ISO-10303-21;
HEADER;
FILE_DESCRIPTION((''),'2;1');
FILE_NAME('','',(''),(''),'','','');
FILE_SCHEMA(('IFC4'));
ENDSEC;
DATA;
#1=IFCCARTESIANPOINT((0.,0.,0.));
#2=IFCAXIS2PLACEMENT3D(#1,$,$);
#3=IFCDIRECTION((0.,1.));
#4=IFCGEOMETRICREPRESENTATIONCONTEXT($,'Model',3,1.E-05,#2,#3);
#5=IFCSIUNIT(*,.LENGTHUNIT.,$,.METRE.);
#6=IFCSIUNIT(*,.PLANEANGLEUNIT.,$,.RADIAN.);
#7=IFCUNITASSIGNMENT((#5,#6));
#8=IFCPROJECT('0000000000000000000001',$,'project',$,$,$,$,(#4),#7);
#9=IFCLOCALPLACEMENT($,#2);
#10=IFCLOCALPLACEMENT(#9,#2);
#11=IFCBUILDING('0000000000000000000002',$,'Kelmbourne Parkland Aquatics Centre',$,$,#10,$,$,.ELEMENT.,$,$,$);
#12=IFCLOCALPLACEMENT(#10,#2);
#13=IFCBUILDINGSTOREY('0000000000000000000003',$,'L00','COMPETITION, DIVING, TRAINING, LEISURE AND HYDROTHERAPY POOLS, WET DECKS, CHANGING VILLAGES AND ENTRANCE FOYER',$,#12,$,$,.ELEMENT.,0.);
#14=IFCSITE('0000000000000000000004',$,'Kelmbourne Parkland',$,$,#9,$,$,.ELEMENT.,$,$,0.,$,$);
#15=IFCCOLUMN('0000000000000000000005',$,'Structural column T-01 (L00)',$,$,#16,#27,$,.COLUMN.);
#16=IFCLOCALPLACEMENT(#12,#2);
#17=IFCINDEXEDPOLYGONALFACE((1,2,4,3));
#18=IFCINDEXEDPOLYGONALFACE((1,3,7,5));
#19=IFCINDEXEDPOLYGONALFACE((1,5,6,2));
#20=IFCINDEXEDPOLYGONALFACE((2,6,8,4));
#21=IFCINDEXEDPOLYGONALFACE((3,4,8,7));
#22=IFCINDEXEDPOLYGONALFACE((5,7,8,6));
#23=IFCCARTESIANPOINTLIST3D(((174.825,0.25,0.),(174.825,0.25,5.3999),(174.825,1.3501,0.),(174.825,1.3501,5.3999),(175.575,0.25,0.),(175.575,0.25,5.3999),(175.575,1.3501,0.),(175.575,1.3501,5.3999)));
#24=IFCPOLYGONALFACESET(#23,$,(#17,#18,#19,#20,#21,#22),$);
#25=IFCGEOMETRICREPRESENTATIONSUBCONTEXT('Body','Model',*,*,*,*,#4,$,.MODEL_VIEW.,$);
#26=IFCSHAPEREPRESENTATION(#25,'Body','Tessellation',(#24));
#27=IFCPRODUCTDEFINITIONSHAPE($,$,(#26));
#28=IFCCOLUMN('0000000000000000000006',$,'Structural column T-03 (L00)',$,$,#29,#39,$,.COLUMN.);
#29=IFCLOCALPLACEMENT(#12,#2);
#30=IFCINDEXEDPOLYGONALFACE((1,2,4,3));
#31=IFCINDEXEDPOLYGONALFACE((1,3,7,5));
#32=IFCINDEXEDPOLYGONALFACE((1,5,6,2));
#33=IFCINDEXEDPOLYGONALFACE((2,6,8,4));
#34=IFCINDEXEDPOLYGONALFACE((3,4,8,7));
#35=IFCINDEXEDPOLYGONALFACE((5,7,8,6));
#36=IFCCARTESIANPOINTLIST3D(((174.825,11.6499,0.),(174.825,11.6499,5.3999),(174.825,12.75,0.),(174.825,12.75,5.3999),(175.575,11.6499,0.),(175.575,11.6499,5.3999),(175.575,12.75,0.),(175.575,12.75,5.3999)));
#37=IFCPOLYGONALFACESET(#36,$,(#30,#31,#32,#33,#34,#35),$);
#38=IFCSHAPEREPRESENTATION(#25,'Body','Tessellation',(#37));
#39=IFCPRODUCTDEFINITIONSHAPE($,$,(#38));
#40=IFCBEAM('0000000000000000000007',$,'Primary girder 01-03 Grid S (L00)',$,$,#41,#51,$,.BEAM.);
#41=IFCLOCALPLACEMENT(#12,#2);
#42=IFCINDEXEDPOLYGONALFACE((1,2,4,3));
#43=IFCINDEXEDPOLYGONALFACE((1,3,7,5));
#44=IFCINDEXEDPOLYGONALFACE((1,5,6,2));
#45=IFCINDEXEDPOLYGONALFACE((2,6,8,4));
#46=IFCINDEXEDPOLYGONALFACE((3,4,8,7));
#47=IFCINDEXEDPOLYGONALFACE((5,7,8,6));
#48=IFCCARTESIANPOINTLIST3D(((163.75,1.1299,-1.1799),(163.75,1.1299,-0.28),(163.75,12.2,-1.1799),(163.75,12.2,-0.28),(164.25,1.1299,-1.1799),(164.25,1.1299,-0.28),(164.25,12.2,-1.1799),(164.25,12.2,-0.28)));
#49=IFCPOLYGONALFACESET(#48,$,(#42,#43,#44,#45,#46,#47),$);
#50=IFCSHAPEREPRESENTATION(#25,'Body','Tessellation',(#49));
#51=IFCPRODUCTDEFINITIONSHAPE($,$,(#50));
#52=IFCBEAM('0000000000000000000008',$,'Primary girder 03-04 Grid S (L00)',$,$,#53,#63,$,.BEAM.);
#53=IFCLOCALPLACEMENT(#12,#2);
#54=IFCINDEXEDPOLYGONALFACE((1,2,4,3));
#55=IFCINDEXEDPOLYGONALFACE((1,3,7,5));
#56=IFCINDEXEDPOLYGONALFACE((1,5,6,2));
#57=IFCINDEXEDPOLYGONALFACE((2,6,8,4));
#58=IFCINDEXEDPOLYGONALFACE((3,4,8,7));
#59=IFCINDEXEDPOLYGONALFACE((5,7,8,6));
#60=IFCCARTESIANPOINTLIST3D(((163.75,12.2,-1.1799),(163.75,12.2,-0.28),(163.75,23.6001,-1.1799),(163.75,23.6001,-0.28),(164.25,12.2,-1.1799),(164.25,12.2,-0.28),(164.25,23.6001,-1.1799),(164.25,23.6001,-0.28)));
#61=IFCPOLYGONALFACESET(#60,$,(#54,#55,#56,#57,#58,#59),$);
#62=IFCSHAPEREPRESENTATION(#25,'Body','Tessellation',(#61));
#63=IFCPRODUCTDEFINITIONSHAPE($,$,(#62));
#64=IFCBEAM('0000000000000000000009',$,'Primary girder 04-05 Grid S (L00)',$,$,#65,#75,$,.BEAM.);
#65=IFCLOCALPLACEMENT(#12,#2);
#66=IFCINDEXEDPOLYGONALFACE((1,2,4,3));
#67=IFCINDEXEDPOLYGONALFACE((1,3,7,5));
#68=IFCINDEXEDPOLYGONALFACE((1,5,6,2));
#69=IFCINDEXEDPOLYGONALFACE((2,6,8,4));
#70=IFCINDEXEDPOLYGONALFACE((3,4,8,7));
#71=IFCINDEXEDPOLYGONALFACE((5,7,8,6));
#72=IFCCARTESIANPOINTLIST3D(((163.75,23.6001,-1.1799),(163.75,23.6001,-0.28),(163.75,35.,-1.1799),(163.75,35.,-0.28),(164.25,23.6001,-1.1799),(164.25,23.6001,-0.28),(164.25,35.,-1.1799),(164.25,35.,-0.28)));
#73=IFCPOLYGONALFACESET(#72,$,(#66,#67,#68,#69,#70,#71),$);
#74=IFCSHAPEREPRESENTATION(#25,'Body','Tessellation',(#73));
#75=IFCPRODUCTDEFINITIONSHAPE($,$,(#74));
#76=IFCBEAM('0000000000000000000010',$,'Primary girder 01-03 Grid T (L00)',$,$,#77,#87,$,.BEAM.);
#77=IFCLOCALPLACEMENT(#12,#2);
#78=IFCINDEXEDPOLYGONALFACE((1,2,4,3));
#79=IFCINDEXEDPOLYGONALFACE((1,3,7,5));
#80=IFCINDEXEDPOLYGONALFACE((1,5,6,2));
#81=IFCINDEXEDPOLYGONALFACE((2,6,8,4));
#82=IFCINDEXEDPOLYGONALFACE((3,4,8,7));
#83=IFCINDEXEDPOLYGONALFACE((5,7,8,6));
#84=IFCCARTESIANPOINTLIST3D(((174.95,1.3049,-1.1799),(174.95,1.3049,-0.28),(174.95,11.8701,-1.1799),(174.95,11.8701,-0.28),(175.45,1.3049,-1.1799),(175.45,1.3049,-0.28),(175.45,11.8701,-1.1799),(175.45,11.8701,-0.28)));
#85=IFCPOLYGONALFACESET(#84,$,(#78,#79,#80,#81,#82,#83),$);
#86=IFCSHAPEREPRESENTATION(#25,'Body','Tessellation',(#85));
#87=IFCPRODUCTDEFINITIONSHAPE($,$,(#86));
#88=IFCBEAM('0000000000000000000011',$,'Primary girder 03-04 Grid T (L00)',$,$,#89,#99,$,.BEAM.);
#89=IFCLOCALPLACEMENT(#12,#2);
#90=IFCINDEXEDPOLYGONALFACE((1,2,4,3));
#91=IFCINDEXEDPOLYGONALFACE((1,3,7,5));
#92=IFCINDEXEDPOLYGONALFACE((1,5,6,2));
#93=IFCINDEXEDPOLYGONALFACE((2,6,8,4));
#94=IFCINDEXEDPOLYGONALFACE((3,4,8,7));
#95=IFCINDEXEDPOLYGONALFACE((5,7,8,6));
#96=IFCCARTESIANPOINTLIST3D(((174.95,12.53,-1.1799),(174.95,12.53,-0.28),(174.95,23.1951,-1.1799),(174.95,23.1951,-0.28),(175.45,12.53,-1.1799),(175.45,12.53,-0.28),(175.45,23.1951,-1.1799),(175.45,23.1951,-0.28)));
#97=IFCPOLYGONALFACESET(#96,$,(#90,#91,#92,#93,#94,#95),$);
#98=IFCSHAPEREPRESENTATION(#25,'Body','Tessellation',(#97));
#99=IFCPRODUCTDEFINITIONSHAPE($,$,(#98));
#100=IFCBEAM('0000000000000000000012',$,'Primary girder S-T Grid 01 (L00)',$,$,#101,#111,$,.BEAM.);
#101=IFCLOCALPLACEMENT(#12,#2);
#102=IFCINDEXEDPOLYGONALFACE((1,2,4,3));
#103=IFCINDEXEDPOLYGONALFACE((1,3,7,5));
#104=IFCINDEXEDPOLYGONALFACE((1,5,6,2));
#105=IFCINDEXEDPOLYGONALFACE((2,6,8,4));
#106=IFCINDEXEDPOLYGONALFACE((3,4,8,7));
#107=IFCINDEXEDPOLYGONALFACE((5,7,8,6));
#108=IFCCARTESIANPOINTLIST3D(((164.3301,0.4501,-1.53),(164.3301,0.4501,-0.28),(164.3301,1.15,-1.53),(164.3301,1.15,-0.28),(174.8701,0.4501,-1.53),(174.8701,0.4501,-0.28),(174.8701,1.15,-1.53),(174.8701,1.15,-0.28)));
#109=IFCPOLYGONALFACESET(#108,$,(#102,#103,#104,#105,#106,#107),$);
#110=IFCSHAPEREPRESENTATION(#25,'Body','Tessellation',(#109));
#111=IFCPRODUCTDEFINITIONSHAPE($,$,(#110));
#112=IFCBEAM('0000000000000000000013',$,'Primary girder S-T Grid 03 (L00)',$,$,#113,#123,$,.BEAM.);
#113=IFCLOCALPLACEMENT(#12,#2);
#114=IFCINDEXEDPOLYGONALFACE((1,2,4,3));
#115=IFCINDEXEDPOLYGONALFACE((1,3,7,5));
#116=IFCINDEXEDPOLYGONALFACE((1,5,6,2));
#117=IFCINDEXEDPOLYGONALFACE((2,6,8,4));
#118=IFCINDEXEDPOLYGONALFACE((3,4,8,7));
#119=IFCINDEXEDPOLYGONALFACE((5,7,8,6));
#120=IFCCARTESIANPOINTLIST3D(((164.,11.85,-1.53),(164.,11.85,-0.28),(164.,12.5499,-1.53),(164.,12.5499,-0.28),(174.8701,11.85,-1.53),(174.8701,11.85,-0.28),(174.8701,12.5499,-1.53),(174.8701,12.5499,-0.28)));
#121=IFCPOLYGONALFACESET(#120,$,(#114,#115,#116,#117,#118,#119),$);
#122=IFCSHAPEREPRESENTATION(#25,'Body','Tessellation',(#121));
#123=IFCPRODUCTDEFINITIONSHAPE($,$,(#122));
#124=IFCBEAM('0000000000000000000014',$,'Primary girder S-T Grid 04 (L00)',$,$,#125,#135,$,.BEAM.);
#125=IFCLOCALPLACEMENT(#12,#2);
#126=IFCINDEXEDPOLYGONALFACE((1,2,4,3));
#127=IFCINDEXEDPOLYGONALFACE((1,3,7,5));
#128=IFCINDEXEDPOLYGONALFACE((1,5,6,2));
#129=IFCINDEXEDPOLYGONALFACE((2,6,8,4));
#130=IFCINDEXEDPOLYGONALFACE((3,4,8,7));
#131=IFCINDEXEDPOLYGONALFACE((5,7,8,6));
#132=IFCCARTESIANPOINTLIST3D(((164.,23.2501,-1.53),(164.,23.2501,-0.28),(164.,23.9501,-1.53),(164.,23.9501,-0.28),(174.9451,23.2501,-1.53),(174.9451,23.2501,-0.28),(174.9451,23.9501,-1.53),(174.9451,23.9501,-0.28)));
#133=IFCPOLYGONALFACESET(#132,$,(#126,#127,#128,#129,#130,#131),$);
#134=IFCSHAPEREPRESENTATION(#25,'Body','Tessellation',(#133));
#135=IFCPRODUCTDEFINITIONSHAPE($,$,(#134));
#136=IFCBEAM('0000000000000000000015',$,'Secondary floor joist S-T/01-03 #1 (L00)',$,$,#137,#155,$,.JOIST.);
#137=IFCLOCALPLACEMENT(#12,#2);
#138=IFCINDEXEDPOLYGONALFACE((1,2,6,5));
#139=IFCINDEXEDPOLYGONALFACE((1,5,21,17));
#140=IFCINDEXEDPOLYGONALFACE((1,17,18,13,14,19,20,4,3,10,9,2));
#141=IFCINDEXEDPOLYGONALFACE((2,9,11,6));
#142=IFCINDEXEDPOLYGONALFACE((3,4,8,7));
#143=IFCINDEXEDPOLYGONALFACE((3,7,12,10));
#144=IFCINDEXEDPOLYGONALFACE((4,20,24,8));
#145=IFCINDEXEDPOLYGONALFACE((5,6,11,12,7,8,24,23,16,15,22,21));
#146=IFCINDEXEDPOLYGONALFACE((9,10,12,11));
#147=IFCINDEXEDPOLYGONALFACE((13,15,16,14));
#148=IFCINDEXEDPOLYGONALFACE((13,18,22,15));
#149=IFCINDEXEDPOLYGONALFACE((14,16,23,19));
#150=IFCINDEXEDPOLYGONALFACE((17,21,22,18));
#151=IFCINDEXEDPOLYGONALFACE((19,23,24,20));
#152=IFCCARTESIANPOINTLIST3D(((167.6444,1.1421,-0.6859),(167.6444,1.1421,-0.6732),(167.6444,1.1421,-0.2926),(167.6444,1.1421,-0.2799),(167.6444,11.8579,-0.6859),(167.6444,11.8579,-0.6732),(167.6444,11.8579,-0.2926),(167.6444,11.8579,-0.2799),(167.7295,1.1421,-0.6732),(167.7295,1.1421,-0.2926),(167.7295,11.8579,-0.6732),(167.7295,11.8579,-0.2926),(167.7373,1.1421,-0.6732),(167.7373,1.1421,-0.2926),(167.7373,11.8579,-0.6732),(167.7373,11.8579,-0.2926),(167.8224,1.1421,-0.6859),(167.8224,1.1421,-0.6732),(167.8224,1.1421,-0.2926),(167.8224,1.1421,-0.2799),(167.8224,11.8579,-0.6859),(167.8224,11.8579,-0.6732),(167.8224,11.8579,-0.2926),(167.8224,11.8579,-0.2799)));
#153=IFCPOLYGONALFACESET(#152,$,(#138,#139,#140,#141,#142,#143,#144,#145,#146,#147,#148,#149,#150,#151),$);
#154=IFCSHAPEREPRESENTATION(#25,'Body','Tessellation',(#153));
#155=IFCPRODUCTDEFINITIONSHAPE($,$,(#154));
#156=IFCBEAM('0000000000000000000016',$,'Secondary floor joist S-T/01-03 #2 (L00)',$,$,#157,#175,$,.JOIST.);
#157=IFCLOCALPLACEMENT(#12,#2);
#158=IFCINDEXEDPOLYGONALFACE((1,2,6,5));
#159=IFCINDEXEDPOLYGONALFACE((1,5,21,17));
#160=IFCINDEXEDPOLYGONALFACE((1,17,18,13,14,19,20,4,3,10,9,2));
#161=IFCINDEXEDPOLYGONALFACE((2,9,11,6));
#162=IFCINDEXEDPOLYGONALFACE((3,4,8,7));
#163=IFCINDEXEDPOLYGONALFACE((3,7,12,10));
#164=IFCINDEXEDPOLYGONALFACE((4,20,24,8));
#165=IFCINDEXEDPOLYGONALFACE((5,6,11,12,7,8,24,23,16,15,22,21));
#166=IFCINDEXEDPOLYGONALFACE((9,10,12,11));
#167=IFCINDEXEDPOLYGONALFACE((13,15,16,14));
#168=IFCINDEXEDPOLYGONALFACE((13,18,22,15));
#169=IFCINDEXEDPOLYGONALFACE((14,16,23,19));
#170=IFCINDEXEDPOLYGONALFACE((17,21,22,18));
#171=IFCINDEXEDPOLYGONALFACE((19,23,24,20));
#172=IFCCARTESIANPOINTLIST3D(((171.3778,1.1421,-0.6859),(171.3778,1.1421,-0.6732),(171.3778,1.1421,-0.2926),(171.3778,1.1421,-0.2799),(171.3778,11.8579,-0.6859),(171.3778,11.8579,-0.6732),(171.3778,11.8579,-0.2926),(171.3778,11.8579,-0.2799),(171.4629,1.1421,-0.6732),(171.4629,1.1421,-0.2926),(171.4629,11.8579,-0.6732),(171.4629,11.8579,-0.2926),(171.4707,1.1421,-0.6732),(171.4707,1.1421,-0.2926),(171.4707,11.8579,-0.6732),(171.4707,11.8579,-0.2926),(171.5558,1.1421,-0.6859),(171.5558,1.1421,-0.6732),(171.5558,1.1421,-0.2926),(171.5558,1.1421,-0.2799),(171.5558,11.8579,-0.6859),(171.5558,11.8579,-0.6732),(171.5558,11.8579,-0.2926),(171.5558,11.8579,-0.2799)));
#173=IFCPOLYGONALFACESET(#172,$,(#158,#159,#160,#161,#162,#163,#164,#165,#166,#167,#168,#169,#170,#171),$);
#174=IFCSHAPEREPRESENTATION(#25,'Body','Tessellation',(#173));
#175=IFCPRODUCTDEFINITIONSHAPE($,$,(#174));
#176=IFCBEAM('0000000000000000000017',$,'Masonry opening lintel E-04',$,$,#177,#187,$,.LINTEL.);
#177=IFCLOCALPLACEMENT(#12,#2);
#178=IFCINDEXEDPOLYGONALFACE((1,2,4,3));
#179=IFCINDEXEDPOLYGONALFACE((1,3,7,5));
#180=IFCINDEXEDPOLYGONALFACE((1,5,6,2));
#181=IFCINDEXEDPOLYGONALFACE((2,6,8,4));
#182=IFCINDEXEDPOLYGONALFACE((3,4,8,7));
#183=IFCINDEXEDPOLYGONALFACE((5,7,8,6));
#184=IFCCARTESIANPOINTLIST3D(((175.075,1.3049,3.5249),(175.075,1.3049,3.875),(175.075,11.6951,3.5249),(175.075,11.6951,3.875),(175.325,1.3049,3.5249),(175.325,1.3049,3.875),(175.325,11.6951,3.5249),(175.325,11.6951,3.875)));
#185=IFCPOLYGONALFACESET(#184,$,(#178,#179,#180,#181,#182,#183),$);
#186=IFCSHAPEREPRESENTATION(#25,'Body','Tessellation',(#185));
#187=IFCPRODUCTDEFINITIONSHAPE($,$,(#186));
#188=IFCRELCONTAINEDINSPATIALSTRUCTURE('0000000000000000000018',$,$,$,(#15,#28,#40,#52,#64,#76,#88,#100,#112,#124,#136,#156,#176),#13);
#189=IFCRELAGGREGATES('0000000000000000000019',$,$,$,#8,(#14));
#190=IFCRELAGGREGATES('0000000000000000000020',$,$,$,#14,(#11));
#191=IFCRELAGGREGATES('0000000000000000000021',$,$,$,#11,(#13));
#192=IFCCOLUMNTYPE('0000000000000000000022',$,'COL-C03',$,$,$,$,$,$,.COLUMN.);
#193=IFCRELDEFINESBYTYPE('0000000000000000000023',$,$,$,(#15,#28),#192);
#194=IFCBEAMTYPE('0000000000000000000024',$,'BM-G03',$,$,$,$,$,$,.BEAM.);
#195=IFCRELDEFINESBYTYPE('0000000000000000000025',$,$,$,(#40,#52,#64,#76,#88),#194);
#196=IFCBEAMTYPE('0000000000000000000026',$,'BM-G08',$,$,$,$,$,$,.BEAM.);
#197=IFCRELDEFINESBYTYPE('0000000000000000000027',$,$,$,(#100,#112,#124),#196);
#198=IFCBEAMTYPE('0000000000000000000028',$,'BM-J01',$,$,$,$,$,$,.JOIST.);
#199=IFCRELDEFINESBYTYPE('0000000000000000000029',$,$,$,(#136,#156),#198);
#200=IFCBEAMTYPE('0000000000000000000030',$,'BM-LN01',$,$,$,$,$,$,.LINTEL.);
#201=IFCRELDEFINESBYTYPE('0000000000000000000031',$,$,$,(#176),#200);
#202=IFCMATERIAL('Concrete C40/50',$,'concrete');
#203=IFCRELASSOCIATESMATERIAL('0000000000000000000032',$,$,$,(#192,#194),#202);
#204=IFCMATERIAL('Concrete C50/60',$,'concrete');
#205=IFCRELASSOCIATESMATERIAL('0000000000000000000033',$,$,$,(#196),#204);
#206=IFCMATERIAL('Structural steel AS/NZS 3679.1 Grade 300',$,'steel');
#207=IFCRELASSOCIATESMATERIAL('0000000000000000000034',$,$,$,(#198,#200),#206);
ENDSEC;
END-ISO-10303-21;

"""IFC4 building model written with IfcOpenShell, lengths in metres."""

from ifc_helpers import new_model, si_unit, direction, frame, origin, origin_2d, place, context, subcontext, project, spatial, rectangle, i_section, extrude, material, material_profile, profile_set, type_object, element, save


model = new_model("IFC4")

# Units and contexts
model_context = context("Model", 3, precision=1e-05, world=origin(), true_north=direction((0.0, 1.0)))
body_context = subcontext(model_context, "Body", "Model", "MODEL_VIEW")
ifc_project = project(units=[si_unit("LENGTHUNIT", "METRE"), si_unit("PLANEANGLEUNIT", "RADIAN")], contexts=[model_context])

# Site, building, storey
site_placement = place(None, origin())
site = spatial("IfcSite", under=ifc_project, at=site_placement, Name="Kelmbourne Parkland", CompositionType="ELEMENT", RefElevation=0.0)
building_placement = place(site_placement, origin())
building = spatial("IfcBuilding", under=site, at=building_placement, Name="Kelmbourne Parkland Aquatics Centre", CompositionType="ELEMENT")
storey_placement = place(building_placement, origin())
storey = spatial("IfcBuildingStorey", under=building, at=storey_placement, Name="L00", Description="COMPETITION, DIVING, TRAINING, LEISURE AND HYDROTHERAPY POOLS, WET DECKS, CHANGING VILLAGES AND ENTRANCE FOYER", CompositionType="ELEMENT", Elevation=0.0)

# Columns
ifc_material_1 = material(Name="Concrete C40/50", Category="concrete")
ifc_material_profile_1 = material_profile(ifc_material_1, rectangle(XDim=0.75, YDim=1.1001, at=origin_2d()), Name="RC 750x1100")
ifc_profile_set_1 = profile_set([ifc_material_profile_1], Name="Concrete C40/50")
column_type = type_object("IfcColumnType", Name="COL-C03", PredefinedType="COLUMN", material=ifc_profile_set_1)
for number, where, z_axis, x_axis, name in (
    (1, (175.2, 0.8, 0.0), (0.0, 0.0, 1.0), (1.0, 0.0, 0.0), "Structural column T-01 (L00)"),
    (2, (175.2, 12.2, 0.0), (0.0, 0.0, 1.0), (1.0, 0.0, 0.0), "Structural column T-03 (L00)"),
):
    element("IfcColumn", number, at=place(storey_placement, frame(where, z_axis=z_axis, x_axis=x_axis)), inside=storey, type_object=column_type, Name=name, PredefinedType="COLUMN", context=body_context, shape_type="SweptSolid", body=[
        extrude(rectangle(XDim=0.75, YDim=1.1001, at=origin_2d()), origin(), (0.0, 0.0, 1.0), 5.3999),
    ])

# Beams
ifc_material_profile_2 = material_profile(ifc_material_1, rectangle(XDim=0.5, YDim=0.8999, at=origin_2d()), Name="RC 500x900")
ifc_profile_set_2 = profile_set([ifc_material_profile_2], Name="Concrete C40/50")
beam_type_1 = type_object("IfcBeamType", Name="BM-G03", PredefinedType="BEAM", material=ifc_profile_set_2)
beam_1_placement = place(storey_placement, frame((164.0, 1.1299, -0.73), z_axis=(0.0, 1.0, 0.0), x_axis=(-1.0, 0.0, 0.0)))
element("IfcBeam", 3, at=beam_1_placement, inside=storey, type_object=beam_type_1, Name="Primary girder 01-03 Grid S (L00)", PredefinedType="BEAM", context=body_context, shape_type="SweptSolid", body=[
    extrude(rectangle(XDim=0.5, YDim=0.8999, at=origin_2d()), origin(), (0.0, 0.0, 1.0), 11.0701),
])
beam_2_placement = place(storey_placement, frame((164.0, 12.2, -0.73), z_axis=(0.0, 1.0, 0.0), x_axis=(-1.0, 0.0, 0.0)))
element("IfcBeam", 4, at=beam_2_placement, inside=storey, type_object=beam_type_1, Name="Primary girder 03-04 Grid S (L00)", PredefinedType="BEAM", context=body_context, shape_type="SweptSolid", body=[
    extrude(rectangle(XDim=0.5, YDim=0.8999, at=origin_2d()), origin(), (0.0, 0.0, 1.0), 11.4001),
])
beam_3_placement = place(storey_placement, frame((164.0, 23.6001, -0.73), z_axis=(0.0, 1.0, 0.0), x_axis=(-1.0, 0.0, 0.0)))
element("IfcBeam", 5, at=beam_3_placement, inside=storey, type_object=beam_type_1, Name="Primary girder 04-05 Grid S (L00)", PredefinedType="BEAM", context=body_context, shape_type="SweptSolid", body=[
    extrude(rectangle(XDim=0.5, YDim=0.8999, at=origin_2d()), origin(), (0.0, 0.0, 1.0), 11.3999),
])
beam_4_placement = place(storey_placement, frame((175.2, 1.3049, -0.73), z_axis=(0.0, 1.0, 0.0), x_axis=(-1.0, 0.0, 0.0)))
element("IfcBeam", 6, at=beam_4_placement, inside=storey, type_object=beam_type_1, Name="Primary girder 01-03 Grid T (L00)", PredefinedType="BEAM", context=body_context, shape_type="SweptSolid", body=[
    extrude(rectangle(XDim=0.5, YDim=0.8999, at=origin_2d()), origin(), (0.0, 0.0, 1.0), 10.5652),
])
beam_5_placement = place(storey_placement, frame((175.2, 12.53, -0.73), z_axis=(0.0, 1.0, 0.0), x_axis=(-1.0, 0.0, 0.0)))
element("IfcBeam", 7, at=beam_5_placement, inside=storey, type_object=beam_type_1, Name="Primary girder 03-04 Grid T (L00)", PredefinedType="BEAM", context=body_context, shape_type="SweptSolid", body=[
    extrude(rectangle(XDim=0.5, YDim=0.8999, at=origin_2d()), origin(), (0.0, 0.0, 1.0), 10.665),
])
ifc_material_2 = material(Name="Concrete C50/60", Category="concrete")
ifc_material_profile_3 = material_profile(ifc_material_2, rectangle(XDim=0.7, YDim=1.25, at=origin_2d()), Name="RC 700x1250")
ifc_profile_set_3 = profile_set([ifc_material_profile_3], Name="Concrete C50/60")
beam_type_2 = type_object("IfcBeamType", Name="BM-G08", PredefinedType="BEAM", material=ifc_profile_set_3)
beam_6_placement = place(storey_placement, frame((164.3301, 0.8, -0.905), z_axis=(1.0, 0.0, 0.0), x_axis=(0.0, 1.0, 0.0)))
element("IfcBeam", 8, at=beam_6_placement, inside=storey, type_object=beam_type_2, Name="Primary girder S-T Grid 01 (L00)", PredefinedType="BEAM", context=body_context, shape_type="SweptSolid", body=[
    extrude(rectangle(XDim=0.7, YDim=1.25, at=origin_2d()), origin(), (0.0, 0.0, 1.0), 10.54),
])
beam_7_placement = place(storey_placement, frame((164.0, 12.2, -0.905), z_axis=(1.0, 0.0, 0.0), x_axis=(0.0, 1.0, 0.0)))
element("IfcBeam", 9, at=beam_7_placement, inside=storey, type_object=beam_type_2, Name="Primary girder S-T Grid 03 (L00)", PredefinedType="BEAM", context=body_context, shape_type="SweptSolid", body=[
    extrude(rectangle(XDim=0.7, YDim=1.25, at=origin_2d()), origin(), (0.0, 0.0, 1.0), 10.8701),
])
beam_8_placement = place(storey_placement, frame((164.0, 23.6001, -0.905), z_axis=(1.0, 0.0, 0.0), x_axis=(0.0, 1.0, 0.0)))
element("IfcBeam", 10, at=beam_8_placement, inside=storey, type_object=beam_type_2, Name="Primary girder S-T Grid 04 (L00)", PredefinedType="BEAM", context=body_context, shape_type="SweptSolid", body=[
    extrude(rectangle(XDim=0.7, YDim=1.25, at=origin_2d()), origin(), (0.0, 0.0, 1.0), 10.9451),
])
ifc_material_3 = material(Name="Structural steel AS/NZS 3679.1 Grade 300", Category="steel")
ifc_material_profile_4 = material_profile(ifc_material_3, i_section(OverallWidth=0.178, OverallDepth=0.406, WebThickness=0.0078, FlangeThickness=0.0127, at=origin_2d()), Name="410UB59.7")
ifc_profile_set_4 = profile_set([ifc_material_profile_4], Name="Structural steel AS/NZS 3679.1 Grade 300")
beam_type_3 = type_object("IfcBeamType", Name="BM-J01", PredefinedType="JOIST", material=ifc_profile_set_4)
for number, where, z_axis, x_axis, name in (
    (11, (167.7334, 1.1421, -0.4829), (0.0, 1.0, 0.0), (-1.0, 0.0, 0.0), "Secondary floor joist S-T/01-03 #1 (L00)"),
    (12, (171.4668, 1.1421, -0.4829), (0.0, 1.0, 0.0), (-1.0, 0.0, 0.0), "Secondary floor joist S-T/01-03 #2 (L00)"),
):
    element("IfcBeam", number, at=place(storey_placement, frame(where, z_axis=z_axis, x_axis=x_axis)), inside=storey, type_object=beam_type_3, Name=name, PredefinedType="JOIST", context=body_context, shape_type="SweptSolid", body=[
        extrude(i_section(OverallWidth=0.178, OverallDepth=0.406, WebThickness=0.0078, FlangeThickness=0.0127, at=origin_2d()), origin(), (0.0, 0.0, 1.0), 10.7158),
    ])
ifc_material_profile_5 = material_profile(ifc_material_3, rectangle(XDim=0.25, YDim=0.3501, at=origin_2d()), Name="LNT 250x350")
ifc_profile_set_5 = profile_set([ifc_material_profile_5], Name="Structural steel AS/NZS 3679.1 Grade 300")
beam_type_4 = type_object("IfcBeamType", Name="BM-LN01", PredefinedType="LINTEL", material=ifc_profile_set_5)
beam_9_placement = place(storey_placement, frame((175.2, 1.3049, 3.7), z_axis=(0.0, 1.0, 0.0), x_axis=(-1.0, 0.0, 0.0)))
element("IfcBeam", 13, at=beam_9_placement, inside=storey, type_object=beam_type_4, Name="Masonry opening lintel E-04", PredefinedType="LINTEL", context=body_context, shape_type="SweptSolid", body=[
    extrude(rectangle(XDim=0.25, YDim=0.3501, at=origin_2d()), origin(), (0.0, 0.0, 1.0), 10.3901),
])

save(model, "model.ifc")
